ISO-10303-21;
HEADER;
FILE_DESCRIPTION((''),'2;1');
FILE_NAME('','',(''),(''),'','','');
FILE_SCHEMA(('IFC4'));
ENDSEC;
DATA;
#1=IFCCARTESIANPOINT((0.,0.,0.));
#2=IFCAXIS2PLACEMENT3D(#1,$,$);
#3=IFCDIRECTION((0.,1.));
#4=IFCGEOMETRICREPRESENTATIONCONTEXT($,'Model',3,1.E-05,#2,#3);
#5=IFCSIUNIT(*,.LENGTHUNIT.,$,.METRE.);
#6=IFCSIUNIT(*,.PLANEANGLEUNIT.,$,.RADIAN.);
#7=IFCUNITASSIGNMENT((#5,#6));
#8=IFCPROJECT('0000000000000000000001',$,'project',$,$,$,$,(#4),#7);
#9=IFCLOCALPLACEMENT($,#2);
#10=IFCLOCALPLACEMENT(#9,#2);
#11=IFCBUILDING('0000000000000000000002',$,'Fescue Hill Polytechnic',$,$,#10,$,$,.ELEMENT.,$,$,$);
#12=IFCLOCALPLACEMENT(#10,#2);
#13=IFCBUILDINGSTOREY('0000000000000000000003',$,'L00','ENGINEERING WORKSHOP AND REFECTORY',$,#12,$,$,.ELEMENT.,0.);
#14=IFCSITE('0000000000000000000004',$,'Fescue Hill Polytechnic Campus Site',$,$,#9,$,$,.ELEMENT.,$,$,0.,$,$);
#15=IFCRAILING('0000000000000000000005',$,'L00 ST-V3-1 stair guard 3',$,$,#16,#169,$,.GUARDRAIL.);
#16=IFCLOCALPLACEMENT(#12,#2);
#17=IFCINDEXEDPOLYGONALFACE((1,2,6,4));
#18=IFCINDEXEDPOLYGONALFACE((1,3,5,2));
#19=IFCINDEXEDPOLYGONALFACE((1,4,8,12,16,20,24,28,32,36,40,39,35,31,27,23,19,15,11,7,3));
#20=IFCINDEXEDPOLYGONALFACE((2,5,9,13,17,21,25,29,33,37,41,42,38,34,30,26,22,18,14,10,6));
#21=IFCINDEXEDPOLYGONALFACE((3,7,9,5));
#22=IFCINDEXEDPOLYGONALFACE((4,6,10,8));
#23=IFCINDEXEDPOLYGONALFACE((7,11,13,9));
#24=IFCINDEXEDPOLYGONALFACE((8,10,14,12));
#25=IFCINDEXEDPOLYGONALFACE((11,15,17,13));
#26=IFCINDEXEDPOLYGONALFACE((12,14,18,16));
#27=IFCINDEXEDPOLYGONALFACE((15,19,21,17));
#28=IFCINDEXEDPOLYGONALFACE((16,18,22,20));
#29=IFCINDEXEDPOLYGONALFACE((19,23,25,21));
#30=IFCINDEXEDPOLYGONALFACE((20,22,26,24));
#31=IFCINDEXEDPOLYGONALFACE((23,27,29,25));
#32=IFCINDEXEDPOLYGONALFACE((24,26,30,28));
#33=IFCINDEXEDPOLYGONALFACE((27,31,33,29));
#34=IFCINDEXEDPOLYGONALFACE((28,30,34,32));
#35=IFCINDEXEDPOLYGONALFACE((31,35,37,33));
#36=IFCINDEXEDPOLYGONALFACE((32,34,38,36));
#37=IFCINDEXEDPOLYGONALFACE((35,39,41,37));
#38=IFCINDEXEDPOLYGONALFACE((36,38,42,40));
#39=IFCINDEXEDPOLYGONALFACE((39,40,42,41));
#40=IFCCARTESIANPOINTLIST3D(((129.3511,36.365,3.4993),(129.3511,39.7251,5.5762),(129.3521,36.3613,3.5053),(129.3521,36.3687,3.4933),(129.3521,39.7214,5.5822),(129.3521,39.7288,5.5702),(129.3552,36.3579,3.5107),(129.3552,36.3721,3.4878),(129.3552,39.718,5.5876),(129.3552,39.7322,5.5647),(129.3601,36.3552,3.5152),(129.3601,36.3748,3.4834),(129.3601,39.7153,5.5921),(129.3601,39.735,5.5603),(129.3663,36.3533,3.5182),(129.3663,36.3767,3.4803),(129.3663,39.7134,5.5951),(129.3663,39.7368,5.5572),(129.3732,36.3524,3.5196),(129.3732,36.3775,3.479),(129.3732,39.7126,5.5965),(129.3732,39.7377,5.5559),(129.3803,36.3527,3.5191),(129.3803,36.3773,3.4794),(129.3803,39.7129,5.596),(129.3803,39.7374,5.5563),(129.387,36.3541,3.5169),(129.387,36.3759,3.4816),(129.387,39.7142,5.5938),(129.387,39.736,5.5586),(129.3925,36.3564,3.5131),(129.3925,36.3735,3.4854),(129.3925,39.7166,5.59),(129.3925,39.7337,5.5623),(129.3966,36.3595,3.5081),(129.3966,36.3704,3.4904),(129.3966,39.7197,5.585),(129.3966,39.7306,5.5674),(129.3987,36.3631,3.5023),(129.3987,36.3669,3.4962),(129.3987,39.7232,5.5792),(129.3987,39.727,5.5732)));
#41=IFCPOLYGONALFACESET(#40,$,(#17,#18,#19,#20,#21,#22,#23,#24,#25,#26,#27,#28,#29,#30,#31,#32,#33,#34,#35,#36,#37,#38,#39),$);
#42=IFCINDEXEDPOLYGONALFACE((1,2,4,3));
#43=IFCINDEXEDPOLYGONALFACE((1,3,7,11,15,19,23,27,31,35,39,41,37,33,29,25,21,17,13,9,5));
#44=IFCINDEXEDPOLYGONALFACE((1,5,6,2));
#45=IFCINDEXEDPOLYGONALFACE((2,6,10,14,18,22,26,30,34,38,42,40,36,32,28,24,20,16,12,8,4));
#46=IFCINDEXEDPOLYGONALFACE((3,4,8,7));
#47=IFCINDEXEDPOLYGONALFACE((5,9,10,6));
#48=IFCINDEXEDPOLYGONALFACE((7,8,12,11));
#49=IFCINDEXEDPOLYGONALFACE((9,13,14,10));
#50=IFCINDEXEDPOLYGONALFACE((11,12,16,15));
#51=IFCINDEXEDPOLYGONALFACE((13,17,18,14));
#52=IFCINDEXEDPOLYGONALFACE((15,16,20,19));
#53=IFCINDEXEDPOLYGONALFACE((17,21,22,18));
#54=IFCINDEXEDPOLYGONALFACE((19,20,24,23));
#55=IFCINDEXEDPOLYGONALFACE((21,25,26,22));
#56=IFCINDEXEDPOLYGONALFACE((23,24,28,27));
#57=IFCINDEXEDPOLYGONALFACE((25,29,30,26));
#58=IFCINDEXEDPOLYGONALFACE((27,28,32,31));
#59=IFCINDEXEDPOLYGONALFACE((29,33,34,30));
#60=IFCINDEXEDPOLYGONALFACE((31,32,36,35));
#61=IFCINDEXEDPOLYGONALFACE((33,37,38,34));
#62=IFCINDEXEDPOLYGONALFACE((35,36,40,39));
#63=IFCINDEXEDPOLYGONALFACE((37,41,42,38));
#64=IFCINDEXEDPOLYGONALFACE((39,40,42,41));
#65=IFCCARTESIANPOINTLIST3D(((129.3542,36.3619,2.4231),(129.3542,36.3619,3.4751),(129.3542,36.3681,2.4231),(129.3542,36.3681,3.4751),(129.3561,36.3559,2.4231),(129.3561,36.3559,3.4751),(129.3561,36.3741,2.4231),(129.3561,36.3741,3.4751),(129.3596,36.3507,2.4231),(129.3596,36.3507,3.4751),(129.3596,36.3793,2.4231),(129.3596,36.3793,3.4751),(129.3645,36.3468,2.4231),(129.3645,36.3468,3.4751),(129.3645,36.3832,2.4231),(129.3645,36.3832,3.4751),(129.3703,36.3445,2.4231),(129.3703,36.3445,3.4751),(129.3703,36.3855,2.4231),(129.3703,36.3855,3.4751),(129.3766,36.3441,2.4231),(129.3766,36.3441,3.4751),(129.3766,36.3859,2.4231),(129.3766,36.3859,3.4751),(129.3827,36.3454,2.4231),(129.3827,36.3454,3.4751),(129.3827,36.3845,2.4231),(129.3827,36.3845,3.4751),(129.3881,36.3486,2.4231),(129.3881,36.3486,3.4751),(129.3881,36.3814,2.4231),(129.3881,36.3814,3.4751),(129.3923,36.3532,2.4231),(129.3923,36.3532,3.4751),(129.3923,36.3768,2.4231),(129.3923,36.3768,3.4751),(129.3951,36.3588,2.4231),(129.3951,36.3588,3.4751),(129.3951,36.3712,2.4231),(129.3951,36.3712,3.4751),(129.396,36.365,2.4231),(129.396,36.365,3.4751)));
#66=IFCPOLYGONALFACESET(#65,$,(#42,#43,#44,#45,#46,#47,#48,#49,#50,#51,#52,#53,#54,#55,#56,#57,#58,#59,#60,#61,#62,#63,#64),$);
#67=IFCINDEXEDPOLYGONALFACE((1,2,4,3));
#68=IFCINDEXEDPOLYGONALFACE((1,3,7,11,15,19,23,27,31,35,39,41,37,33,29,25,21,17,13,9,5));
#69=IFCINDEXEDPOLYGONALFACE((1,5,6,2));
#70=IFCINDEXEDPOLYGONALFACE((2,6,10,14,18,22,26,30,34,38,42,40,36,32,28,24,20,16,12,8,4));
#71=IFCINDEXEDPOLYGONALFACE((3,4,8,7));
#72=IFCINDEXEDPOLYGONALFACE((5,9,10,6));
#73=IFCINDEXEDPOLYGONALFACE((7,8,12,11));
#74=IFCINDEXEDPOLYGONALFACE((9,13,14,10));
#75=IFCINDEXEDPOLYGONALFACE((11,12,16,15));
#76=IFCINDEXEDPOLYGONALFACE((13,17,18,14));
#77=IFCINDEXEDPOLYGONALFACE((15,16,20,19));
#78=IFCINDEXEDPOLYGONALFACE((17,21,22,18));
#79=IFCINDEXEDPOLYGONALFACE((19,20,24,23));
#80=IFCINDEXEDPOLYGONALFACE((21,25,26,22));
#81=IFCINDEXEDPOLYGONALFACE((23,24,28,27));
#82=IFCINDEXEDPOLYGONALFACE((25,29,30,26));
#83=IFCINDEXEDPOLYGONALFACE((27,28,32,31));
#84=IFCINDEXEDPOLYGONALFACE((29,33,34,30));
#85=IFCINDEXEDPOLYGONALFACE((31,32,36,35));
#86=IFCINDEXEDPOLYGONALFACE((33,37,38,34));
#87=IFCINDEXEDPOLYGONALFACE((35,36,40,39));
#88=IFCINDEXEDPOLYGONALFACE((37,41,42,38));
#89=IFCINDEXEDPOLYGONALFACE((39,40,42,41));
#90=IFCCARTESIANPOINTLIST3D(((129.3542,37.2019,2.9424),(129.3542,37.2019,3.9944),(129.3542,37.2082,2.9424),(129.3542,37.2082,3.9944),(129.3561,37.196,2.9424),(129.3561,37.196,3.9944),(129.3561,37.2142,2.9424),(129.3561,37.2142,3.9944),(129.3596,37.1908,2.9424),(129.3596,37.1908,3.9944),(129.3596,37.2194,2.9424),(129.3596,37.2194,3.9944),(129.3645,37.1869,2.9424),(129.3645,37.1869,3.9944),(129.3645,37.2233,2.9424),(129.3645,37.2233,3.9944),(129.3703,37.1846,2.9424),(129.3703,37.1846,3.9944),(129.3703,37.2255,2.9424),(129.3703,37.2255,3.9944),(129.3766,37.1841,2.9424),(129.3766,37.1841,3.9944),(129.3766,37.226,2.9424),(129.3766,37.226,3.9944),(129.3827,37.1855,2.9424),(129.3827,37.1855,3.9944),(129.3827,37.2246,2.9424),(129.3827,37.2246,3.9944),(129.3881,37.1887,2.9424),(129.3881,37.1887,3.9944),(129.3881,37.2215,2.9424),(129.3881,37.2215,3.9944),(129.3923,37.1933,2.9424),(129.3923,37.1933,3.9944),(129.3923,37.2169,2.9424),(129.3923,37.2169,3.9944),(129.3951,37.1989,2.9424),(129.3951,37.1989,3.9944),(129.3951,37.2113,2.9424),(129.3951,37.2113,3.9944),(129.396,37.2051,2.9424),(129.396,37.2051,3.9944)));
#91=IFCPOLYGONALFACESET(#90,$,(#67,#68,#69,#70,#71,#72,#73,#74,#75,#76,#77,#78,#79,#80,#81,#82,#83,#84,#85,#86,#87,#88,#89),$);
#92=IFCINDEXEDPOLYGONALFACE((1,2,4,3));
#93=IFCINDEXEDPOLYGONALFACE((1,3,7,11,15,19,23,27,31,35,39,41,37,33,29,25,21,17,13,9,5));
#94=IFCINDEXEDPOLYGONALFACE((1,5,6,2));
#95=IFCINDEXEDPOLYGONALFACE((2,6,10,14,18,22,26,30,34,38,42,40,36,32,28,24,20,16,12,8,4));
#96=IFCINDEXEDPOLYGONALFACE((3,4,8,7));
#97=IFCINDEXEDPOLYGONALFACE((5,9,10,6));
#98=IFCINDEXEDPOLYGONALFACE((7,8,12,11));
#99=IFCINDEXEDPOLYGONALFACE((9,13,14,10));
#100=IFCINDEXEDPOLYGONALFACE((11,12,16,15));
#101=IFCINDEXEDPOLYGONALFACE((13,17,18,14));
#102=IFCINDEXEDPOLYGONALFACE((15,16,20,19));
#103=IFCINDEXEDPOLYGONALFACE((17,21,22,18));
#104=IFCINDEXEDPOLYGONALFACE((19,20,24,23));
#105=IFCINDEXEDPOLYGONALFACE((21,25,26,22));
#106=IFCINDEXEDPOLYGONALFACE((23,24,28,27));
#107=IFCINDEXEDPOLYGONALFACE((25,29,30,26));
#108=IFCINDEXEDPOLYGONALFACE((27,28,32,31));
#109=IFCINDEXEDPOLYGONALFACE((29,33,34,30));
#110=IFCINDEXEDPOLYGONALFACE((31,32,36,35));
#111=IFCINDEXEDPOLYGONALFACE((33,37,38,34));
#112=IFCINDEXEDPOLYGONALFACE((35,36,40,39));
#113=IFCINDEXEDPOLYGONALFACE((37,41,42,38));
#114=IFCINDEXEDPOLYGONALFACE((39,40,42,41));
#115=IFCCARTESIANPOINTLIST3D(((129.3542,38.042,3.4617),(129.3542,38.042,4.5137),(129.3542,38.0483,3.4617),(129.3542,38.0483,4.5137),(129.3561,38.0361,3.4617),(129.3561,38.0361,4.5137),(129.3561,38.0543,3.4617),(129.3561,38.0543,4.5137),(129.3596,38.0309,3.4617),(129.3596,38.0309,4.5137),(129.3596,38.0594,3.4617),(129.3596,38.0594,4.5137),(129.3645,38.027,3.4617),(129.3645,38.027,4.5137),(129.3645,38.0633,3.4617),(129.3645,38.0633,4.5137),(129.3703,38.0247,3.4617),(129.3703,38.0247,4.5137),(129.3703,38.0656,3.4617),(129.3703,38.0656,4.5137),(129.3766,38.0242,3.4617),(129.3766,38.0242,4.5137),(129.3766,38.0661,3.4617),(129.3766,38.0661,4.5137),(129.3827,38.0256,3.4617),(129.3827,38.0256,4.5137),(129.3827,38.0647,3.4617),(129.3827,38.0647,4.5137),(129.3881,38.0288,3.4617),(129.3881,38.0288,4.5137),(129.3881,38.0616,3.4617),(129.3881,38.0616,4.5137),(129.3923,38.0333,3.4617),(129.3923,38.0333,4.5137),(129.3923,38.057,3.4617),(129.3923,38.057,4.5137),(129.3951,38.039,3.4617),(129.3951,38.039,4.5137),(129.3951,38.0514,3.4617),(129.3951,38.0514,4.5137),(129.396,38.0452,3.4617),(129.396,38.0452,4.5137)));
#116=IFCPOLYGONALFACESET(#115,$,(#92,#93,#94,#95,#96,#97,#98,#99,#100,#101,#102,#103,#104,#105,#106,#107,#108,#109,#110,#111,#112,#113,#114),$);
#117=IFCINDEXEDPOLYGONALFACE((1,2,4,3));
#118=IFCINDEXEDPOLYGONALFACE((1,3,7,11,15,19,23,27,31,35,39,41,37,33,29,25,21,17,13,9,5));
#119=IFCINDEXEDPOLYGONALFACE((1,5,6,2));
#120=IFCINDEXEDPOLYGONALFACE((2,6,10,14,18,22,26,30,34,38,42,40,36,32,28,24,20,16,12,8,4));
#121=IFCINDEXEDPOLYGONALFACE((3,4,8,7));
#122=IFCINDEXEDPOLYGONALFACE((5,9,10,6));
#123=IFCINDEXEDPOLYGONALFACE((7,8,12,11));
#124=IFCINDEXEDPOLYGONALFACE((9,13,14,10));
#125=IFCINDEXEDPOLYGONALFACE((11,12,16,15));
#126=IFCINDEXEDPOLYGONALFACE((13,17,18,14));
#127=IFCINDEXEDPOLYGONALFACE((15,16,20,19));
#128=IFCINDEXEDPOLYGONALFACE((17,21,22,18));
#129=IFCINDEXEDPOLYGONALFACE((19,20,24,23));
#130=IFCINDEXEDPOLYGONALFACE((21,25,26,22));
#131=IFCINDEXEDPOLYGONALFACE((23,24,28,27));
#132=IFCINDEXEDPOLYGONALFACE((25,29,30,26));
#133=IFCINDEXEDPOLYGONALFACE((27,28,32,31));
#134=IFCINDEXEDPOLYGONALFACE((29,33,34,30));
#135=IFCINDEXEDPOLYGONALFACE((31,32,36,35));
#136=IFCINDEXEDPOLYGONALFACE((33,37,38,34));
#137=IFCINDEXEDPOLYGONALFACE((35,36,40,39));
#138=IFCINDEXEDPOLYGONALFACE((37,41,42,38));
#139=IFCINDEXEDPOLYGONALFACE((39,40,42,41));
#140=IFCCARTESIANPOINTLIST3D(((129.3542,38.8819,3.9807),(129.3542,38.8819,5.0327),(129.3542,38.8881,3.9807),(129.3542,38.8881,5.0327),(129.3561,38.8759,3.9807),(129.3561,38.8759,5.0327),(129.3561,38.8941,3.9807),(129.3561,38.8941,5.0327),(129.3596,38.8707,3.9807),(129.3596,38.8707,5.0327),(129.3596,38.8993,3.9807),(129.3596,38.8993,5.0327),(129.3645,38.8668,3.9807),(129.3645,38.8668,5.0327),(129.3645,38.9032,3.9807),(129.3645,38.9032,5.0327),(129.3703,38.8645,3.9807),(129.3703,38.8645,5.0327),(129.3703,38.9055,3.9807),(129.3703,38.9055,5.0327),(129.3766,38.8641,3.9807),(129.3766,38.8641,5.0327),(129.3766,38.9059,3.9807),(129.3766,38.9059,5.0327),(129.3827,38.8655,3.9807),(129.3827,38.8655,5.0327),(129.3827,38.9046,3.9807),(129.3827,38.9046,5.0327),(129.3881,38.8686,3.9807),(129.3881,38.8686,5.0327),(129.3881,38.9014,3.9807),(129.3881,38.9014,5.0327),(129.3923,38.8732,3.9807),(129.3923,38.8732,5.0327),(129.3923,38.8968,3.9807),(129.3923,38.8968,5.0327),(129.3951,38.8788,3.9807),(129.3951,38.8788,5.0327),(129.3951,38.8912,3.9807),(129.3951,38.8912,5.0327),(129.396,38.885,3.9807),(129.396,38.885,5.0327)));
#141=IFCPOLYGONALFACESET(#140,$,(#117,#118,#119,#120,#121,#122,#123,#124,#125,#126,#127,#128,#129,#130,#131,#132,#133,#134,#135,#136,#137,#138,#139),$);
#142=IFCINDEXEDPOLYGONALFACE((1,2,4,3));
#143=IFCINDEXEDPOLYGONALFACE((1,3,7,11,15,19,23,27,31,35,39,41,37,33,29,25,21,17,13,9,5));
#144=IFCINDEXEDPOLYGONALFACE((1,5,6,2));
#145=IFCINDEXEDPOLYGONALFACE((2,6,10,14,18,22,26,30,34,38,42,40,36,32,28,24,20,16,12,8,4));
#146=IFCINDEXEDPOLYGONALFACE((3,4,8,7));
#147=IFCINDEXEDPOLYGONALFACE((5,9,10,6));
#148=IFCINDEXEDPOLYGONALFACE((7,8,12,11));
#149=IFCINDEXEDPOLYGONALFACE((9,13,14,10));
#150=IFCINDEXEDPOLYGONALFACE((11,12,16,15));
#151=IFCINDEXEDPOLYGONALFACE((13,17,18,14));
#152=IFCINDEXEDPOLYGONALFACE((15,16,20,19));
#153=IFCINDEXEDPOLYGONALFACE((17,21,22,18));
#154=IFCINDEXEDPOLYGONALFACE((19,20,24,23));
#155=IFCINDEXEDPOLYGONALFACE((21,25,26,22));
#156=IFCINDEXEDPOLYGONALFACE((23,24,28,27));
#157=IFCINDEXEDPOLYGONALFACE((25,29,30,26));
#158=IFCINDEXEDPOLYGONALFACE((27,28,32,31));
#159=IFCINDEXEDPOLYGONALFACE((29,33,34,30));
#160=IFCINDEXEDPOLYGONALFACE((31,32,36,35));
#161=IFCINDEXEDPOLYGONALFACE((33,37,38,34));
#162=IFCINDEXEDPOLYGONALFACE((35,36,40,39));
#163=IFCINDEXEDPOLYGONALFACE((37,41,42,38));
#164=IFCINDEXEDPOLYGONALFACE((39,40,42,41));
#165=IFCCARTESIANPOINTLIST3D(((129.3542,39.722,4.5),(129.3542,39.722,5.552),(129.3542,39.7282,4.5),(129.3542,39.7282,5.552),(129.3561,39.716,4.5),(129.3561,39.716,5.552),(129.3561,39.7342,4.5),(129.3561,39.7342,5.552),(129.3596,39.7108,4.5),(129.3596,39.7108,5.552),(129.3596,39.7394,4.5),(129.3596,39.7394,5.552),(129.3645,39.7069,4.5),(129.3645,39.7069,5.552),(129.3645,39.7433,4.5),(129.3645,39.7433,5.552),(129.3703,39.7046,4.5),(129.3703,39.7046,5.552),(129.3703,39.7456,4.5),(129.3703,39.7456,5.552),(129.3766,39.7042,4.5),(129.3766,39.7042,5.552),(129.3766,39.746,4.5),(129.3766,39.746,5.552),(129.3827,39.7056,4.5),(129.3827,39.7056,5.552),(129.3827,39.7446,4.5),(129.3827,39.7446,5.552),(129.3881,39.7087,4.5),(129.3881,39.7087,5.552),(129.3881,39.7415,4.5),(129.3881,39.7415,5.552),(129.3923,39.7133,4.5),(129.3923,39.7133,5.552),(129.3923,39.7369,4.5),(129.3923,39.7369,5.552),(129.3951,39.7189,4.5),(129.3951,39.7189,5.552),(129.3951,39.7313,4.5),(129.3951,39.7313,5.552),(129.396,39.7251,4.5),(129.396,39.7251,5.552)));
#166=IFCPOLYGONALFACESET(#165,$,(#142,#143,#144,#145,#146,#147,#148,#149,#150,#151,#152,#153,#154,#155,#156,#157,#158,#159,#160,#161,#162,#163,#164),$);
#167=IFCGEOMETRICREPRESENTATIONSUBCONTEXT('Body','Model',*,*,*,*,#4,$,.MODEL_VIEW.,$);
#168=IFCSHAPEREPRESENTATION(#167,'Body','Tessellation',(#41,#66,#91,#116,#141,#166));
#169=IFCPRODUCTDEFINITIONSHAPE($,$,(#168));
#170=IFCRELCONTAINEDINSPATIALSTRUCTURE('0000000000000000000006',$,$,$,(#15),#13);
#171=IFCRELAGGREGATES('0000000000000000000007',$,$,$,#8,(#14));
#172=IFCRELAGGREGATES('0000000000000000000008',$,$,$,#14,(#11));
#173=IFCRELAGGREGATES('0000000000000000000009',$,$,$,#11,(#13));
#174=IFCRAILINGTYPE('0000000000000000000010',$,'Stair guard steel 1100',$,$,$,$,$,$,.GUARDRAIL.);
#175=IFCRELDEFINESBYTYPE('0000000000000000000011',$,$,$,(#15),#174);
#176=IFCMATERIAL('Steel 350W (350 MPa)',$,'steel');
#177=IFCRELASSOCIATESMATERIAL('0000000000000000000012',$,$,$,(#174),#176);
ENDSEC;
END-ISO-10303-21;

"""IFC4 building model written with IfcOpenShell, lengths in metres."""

from ifc_helpers import new_model, si_unit, direction, frame, origin, origin_2d, place, context, subcontext, project, spatial, circle, extrude, material, type_object, element, save


model = new_model("IFC4")

# Units and contexts
model_context = context("Model", 3, precision=1e-05, world=origin(), true_north=direction((0.0, 1.0)))
body_context = subcontext(model_context, "Body", "Model", "MODEL_VIEW")
ifc_project = project(units=[si_unit("LENGTHUNIT", "METRE"), si_unit("PLANEANGLEUNIT", "RADIAN")], contexts=[model_context])

# Site, building, storey
site_placement = place(None, origin())
site = spatial("IfcSite", under=ifc_project, at=site_placement, Name="Fescue Hill Polytechnic Campus Site", CompositionType="ELEMENT", RefElevation=0.0)
building_placement = place(site_placement, origin())
building = spatial("IfcBuilding", under=site, at=building_placement, Name="Fescue Hill Polytechnic", CompositionType="ELEMENT")
storey_placement = place(building_placement, origin())
storey = spatial("IfcBuildingStorey", under=building, at=storey_placement, Name="L00", Description="ENGINEERING WORKSHOP AND REFECTORY", CompositionType="ELEMENT", Elevation=0.0)

# Railing
ifc_material_1 = material(Name="Steel 350W (350 MPa)", Category="steel")
railing_type_1 = type_object("IfcRailingType", Name="Stair guard steel 1100", PredefinedType="GUARDRAIL", material=ifc_material_1)
railing_1_placement = place(storey_placement, frame((129.375, 36.365, 2.4231)))
element("IfcRailing", 1, at=railing_1_placement, inside=storey, type_object=railing_type_1, Name="L00 ST-V3-1 stair guard 3", PredefinedType="GUARDRAIL", context=body_context, shape_type="SweptSolid", body=[
    extrude(circle(Radius=0.0239, at=origin_2d()), frame((0.0, 0.0, 1.0762), z_axis=(0.0, 0.850623, 0.525776), x_axis=(-1.0, 0.0, 0.0)), (0.0, 0.0, 1.0), 3.9502),
    extrude(circle(Radius=0.021, at=origin_2d()), origin(), (0.0, 0.0, 1.0), 1.052),
    extrude(circle(Radius=0.021, at=origin_2d()), frame((0.0, 0.8401, 0.5193)), (0.0, 0.0, 1.0), 1.052),
    extrude(circle(Radius=0.021, at=origin_2d()), frame((0.0, 1.6802, 1.0386)), (0.0, 0.0, 1.0), 1.052),
    extrude(circle(Radius=0.021, at=origin_2d()), frame((0.0, 2.52, 1.5576)), (0.0, 0.0, 1.0), 1.052),
    extrude(circle(Radius=0.021, at=origin_2d()), frame((0.0, 3.3601, 2.0769)), (0.0, 0.0, 1.0), 1.052),
])

save(model, "model.ifc")
